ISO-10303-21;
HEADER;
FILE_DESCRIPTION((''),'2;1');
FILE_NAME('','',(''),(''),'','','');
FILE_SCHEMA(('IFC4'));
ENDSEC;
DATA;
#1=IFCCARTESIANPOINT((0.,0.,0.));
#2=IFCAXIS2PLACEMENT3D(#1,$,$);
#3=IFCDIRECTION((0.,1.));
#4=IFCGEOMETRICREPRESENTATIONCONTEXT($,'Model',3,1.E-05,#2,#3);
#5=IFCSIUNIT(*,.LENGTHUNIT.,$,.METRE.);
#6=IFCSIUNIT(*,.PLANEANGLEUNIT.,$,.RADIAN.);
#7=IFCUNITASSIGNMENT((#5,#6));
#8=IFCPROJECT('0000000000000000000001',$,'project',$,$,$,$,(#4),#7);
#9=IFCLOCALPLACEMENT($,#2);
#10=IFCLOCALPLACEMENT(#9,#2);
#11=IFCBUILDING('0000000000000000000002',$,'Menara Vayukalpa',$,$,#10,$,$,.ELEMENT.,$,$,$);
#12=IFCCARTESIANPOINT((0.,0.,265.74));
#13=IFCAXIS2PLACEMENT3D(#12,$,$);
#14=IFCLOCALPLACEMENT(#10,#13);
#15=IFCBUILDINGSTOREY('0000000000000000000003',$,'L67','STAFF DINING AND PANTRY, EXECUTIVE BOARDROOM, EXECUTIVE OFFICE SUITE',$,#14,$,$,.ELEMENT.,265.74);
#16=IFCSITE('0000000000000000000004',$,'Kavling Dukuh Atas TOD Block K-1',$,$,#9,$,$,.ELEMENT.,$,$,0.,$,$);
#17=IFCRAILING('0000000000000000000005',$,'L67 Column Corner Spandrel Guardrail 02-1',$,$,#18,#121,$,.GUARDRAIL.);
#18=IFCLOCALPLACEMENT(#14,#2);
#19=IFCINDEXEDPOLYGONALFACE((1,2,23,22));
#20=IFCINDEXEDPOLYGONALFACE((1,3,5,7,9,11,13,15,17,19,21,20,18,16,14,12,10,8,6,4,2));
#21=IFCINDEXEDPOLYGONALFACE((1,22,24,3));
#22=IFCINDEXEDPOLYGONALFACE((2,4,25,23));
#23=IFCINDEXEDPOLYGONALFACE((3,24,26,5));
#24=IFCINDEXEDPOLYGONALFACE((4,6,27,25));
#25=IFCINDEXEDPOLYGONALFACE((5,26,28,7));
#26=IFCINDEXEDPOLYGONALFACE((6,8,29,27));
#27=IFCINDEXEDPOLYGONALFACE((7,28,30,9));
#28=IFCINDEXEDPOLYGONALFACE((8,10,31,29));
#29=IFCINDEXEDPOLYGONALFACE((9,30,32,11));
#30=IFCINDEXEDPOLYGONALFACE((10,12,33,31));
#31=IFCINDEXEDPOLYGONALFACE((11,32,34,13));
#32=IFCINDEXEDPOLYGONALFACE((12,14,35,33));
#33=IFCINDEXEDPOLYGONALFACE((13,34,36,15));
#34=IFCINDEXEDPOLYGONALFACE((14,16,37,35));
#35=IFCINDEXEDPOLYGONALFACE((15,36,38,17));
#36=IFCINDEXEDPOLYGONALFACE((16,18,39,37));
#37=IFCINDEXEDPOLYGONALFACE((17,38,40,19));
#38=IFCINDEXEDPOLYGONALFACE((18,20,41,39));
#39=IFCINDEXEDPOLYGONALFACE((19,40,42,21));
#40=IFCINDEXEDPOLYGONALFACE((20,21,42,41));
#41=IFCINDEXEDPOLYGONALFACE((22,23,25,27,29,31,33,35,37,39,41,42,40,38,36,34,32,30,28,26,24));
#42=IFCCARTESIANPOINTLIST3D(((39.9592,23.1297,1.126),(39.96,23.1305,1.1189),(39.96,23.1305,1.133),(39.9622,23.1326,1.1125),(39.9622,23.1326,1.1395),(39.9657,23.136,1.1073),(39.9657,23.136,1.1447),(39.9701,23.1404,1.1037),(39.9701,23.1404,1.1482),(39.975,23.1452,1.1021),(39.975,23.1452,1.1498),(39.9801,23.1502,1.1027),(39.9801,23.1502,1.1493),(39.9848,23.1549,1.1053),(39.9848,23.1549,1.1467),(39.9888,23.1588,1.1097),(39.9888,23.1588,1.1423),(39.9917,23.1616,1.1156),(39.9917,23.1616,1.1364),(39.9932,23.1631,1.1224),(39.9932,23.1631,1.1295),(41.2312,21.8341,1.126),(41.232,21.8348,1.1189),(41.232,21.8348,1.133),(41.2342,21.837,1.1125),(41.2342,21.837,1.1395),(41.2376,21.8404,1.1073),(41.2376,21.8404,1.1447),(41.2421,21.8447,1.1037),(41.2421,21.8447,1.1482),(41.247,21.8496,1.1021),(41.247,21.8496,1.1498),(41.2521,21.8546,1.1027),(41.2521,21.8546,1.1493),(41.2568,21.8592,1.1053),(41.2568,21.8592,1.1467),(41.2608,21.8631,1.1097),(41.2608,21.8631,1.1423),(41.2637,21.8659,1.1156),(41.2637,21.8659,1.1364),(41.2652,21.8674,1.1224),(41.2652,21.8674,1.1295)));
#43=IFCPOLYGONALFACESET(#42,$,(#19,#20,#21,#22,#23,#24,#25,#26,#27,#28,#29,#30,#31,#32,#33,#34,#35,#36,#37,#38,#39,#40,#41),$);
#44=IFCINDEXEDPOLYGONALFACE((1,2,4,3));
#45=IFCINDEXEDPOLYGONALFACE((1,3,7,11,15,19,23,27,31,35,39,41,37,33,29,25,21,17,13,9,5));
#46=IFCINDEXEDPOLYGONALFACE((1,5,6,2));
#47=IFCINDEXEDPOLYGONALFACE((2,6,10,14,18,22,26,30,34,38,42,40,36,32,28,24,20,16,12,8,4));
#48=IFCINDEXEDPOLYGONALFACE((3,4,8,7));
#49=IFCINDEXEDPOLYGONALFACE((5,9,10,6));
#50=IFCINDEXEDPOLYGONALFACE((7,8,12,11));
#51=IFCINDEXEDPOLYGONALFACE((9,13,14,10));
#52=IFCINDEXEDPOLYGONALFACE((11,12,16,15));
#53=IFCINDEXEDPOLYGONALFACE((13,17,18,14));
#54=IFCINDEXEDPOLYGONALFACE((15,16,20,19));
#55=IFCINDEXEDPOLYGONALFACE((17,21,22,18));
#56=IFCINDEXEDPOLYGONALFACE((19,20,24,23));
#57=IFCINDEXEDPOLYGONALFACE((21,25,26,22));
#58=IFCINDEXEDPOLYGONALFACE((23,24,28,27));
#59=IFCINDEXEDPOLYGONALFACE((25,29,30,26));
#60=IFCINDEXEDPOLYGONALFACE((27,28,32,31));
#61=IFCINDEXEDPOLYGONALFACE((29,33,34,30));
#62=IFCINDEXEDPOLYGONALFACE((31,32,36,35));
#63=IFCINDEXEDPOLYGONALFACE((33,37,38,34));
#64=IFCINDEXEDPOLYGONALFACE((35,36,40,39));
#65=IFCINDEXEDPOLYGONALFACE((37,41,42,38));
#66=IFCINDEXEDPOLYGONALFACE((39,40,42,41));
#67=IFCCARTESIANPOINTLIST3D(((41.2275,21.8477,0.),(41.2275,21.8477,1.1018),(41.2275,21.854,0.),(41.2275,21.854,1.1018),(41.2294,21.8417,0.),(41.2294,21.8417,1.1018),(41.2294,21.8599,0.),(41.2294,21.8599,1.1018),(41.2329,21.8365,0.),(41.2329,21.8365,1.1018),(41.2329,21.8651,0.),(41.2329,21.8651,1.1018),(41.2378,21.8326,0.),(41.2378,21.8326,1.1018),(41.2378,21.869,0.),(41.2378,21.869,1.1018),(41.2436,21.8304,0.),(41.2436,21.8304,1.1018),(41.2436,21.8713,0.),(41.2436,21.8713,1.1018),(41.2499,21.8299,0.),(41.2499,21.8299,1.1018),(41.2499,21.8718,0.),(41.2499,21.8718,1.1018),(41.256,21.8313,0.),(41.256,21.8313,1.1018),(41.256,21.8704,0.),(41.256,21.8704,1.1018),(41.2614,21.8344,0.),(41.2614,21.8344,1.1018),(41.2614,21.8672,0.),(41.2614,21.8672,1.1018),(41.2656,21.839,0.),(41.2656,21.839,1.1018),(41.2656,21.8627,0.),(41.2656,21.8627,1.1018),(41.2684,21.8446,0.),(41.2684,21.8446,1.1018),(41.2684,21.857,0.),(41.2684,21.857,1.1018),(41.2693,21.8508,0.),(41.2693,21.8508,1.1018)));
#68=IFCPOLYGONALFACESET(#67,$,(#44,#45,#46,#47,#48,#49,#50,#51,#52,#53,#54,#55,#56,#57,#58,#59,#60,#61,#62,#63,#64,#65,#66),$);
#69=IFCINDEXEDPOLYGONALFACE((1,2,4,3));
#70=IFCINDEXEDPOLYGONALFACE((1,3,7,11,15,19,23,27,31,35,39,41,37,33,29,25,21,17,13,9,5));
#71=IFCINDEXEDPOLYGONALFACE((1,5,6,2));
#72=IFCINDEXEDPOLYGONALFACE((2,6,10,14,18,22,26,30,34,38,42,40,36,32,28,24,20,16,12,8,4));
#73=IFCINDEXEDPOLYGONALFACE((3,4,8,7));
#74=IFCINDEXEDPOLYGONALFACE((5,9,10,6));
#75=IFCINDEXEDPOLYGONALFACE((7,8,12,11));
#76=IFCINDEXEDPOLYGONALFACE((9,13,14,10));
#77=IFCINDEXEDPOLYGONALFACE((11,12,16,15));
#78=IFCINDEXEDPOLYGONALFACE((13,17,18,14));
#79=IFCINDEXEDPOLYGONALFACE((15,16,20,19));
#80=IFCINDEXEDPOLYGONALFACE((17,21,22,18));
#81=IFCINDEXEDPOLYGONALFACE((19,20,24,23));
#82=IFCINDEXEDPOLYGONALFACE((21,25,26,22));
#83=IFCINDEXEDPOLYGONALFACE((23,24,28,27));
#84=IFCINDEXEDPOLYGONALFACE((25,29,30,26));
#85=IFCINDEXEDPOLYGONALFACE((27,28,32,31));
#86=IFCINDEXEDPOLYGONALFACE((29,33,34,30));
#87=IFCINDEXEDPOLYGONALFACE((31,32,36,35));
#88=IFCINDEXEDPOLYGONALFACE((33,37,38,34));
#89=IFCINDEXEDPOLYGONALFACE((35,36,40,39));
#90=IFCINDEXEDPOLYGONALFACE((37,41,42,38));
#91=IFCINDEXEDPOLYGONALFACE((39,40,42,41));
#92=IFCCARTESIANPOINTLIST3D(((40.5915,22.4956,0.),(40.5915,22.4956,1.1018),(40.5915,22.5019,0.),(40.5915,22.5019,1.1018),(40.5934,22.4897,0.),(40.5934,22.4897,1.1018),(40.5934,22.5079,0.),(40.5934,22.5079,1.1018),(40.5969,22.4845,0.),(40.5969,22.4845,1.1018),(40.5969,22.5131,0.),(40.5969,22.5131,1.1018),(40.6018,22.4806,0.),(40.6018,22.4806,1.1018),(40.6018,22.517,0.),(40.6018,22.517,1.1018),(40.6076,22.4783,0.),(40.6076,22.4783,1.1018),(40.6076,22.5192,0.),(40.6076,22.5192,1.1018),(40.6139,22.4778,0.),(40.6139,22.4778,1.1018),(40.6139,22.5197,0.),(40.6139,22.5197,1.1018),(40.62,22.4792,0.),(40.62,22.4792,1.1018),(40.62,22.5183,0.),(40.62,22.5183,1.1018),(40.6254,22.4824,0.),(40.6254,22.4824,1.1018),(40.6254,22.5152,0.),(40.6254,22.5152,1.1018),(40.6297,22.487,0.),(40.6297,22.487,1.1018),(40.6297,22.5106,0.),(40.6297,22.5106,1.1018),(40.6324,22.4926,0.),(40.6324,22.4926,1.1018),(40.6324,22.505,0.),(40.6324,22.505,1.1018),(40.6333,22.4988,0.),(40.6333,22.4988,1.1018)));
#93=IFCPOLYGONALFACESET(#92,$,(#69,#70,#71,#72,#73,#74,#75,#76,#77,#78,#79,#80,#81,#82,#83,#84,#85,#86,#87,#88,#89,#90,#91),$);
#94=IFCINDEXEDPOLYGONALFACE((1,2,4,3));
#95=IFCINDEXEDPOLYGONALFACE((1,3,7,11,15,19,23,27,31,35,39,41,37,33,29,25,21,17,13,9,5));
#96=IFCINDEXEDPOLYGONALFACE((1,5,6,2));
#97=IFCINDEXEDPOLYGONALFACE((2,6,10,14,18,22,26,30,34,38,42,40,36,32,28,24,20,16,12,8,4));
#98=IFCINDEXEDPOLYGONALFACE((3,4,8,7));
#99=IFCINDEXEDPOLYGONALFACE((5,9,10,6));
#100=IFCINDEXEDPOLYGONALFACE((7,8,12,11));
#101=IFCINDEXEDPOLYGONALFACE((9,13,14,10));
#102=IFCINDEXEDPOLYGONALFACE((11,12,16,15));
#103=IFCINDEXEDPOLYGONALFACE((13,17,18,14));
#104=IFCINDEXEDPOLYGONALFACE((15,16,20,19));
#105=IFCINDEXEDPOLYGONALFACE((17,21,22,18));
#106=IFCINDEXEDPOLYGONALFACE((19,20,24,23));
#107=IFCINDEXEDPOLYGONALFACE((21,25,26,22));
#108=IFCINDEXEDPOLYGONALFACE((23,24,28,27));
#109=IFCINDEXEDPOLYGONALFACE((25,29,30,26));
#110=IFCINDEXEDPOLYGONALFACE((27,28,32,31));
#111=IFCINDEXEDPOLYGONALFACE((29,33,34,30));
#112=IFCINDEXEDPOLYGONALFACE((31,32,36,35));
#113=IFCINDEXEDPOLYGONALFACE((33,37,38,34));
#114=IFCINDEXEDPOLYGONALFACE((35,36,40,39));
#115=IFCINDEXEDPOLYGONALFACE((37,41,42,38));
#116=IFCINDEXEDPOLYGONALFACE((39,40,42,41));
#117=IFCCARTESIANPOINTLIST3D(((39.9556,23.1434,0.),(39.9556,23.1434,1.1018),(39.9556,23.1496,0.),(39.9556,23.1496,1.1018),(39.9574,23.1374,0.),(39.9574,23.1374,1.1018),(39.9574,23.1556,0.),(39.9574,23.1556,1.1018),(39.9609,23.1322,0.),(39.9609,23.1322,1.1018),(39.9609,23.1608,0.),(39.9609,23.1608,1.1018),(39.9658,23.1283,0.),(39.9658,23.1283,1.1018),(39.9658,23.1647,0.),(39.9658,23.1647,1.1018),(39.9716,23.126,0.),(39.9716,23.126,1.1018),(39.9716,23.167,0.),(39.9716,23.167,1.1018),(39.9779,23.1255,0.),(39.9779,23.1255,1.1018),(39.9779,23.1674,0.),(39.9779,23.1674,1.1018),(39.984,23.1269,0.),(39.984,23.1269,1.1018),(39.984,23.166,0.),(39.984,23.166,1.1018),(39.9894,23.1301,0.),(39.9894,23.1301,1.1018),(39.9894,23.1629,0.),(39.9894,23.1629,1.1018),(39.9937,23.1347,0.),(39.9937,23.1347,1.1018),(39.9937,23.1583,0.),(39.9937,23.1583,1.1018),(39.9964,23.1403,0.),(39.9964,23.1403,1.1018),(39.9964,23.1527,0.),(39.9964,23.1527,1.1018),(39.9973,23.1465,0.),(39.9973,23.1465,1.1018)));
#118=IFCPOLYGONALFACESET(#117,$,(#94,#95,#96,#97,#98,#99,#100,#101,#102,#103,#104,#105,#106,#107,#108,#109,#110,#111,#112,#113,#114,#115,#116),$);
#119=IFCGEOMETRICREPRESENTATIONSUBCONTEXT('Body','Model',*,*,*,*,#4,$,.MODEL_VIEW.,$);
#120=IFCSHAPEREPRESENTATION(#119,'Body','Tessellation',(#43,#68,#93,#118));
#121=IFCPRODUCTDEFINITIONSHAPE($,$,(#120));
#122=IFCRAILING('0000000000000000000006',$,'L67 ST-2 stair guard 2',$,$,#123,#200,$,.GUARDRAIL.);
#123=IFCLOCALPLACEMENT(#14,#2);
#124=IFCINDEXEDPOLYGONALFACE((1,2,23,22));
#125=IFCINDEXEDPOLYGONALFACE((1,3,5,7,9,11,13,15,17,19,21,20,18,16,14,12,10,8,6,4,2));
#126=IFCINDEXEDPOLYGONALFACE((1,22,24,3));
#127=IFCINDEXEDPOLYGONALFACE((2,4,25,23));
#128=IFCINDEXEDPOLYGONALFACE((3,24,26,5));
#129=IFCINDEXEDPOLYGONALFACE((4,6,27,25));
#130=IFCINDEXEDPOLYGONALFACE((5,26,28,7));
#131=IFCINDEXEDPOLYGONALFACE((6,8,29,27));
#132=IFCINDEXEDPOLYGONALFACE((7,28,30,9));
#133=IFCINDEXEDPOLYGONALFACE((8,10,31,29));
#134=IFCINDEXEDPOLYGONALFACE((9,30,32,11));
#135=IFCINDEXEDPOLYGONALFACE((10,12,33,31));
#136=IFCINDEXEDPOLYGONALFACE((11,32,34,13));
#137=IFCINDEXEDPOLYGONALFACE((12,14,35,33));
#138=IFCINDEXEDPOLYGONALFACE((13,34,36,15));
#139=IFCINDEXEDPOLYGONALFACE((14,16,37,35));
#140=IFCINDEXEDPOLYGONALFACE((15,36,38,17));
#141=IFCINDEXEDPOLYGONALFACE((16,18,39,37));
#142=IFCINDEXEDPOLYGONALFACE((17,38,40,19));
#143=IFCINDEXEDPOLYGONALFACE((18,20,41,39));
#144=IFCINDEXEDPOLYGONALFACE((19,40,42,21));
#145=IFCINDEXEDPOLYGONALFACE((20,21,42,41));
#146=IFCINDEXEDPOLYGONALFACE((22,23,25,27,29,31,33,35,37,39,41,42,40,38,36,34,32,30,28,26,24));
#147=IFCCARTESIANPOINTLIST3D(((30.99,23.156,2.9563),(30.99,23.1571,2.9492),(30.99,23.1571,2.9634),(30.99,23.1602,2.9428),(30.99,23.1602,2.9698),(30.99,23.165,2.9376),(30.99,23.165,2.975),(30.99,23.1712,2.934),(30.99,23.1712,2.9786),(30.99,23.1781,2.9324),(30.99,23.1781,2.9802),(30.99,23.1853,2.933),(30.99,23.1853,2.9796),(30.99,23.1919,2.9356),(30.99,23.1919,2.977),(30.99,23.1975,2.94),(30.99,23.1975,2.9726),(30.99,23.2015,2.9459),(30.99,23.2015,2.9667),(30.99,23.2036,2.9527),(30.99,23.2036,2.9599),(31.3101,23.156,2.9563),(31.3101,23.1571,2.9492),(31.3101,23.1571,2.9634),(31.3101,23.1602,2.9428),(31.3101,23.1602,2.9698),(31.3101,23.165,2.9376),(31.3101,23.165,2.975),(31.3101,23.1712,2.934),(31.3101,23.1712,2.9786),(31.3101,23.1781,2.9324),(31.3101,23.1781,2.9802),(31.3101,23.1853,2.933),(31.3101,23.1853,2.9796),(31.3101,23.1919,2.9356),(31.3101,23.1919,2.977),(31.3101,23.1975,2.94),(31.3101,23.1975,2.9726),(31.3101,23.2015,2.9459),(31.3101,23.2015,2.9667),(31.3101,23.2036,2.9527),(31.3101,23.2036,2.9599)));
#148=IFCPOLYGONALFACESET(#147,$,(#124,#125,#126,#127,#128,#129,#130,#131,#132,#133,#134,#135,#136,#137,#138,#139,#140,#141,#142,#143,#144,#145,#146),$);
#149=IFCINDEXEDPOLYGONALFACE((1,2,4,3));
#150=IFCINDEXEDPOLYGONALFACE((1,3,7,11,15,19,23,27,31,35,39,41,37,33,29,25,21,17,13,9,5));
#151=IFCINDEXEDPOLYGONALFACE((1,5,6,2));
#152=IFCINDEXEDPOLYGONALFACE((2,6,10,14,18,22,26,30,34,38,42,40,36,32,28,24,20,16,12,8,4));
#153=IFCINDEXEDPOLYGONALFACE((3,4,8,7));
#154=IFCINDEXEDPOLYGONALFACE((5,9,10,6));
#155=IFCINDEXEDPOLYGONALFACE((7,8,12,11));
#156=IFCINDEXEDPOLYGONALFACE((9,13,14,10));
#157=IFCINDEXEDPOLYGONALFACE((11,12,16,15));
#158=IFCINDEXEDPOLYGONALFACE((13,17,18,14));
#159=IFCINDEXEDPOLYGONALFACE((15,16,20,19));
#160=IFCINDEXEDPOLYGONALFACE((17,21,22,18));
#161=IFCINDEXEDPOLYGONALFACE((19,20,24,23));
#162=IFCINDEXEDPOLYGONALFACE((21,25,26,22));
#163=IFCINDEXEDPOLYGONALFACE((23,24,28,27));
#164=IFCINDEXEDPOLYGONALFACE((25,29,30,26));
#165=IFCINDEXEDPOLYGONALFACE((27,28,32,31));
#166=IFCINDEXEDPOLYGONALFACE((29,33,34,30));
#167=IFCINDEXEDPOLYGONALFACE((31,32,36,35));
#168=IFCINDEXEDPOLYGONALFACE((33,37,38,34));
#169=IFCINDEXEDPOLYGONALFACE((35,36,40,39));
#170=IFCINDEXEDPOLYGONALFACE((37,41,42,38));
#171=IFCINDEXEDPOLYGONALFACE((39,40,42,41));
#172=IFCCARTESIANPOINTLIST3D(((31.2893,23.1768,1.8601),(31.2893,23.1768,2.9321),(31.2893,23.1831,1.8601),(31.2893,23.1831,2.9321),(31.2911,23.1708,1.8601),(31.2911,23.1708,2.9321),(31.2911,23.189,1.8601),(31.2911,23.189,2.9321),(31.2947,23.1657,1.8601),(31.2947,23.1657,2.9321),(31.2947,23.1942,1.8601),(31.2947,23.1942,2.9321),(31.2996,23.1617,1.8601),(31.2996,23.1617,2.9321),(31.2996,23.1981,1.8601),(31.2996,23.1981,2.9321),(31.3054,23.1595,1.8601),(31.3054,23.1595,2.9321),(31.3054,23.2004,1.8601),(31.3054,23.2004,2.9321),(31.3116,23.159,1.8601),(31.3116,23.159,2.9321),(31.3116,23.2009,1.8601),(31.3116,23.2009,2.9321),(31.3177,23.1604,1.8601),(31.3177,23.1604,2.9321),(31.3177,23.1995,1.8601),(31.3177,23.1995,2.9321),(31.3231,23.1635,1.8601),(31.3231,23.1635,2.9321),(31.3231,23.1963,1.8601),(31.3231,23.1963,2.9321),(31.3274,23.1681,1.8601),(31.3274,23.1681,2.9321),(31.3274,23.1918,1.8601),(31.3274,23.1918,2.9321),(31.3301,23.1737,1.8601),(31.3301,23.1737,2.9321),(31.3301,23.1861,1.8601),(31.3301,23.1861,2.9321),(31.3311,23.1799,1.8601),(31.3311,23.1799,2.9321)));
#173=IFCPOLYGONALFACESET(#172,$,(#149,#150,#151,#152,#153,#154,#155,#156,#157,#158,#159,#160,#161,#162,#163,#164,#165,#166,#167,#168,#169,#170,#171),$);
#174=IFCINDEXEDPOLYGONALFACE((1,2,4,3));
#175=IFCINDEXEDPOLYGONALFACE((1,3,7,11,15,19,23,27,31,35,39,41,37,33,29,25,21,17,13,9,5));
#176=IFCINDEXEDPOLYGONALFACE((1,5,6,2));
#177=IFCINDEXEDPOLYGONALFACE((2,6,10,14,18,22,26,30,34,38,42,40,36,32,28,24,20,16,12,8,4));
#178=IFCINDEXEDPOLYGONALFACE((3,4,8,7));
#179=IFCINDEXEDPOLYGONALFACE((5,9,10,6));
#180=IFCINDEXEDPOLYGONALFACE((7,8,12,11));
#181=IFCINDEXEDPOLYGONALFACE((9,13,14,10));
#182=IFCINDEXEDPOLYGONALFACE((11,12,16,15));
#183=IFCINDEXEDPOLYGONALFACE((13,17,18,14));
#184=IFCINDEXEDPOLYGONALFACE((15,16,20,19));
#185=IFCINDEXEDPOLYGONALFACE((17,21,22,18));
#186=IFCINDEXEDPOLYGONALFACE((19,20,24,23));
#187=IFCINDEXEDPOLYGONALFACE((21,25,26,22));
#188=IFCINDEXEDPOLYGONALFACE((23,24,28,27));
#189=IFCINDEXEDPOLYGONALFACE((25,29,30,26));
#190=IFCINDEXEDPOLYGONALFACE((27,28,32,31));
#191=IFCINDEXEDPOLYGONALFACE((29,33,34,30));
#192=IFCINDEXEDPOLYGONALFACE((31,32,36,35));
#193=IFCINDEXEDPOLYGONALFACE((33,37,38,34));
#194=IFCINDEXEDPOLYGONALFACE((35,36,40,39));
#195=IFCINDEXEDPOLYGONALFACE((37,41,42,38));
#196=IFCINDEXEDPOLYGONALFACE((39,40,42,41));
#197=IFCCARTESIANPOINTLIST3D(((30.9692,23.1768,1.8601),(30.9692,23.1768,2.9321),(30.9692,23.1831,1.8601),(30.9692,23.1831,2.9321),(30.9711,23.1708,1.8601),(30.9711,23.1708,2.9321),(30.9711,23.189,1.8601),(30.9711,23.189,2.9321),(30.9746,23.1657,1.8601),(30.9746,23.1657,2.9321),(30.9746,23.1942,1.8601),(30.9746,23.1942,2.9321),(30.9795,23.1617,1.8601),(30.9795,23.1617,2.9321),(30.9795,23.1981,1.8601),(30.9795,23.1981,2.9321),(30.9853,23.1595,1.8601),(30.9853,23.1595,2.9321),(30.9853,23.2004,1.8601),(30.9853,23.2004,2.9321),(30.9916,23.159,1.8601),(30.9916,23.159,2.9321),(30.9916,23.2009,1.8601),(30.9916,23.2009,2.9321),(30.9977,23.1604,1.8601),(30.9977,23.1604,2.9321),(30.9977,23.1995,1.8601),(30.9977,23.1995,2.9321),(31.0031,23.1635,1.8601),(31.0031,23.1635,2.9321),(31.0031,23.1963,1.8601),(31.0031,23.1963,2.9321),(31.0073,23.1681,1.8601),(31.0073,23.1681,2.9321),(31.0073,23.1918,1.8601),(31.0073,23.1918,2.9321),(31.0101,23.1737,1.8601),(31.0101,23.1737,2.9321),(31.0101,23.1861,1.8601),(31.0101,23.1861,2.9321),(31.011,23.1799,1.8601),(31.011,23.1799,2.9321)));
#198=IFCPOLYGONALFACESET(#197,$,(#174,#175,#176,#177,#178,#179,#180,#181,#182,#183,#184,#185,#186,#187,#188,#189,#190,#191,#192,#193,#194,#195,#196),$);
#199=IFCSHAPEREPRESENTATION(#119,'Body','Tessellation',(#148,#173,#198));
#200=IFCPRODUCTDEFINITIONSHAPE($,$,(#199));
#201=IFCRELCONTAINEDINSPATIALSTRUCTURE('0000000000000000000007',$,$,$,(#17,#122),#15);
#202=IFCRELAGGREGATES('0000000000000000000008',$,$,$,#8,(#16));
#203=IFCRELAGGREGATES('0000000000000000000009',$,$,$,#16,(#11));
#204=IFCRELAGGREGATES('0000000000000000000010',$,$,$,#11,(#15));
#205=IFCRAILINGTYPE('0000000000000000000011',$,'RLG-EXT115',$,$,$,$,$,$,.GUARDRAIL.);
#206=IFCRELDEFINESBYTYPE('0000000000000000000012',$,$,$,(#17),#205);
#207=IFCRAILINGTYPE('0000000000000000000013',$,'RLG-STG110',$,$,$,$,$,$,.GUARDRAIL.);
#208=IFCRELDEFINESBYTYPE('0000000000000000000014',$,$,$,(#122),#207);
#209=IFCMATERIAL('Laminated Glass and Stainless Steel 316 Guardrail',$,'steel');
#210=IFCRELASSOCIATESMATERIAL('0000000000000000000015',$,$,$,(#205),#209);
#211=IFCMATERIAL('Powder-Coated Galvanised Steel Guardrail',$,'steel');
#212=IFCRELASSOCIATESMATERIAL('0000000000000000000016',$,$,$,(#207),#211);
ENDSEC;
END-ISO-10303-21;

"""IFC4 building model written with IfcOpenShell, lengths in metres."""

from ifc_helpers import new_model, si_unit, direction, frame, origin, origin_2d, place, context, subcontext, project, spatial, circle, extrude, material, type_object, element, save


model = new_model("IFC4")

# Units and contexts
model_context = context("Model", 3, precision=1e-05, world=origin(), true_north=direction((0.0, 1.0)))
body_context = subcontext(model_context, "Body", "Model", "MODEL_VIEW")
ifc_project = project(units=[si_unit("LENGTHUNIT", "METRE"), si_unit("PLANEANGLEUNIT", "RADIAN")], contexts=[model_context])

# Site, building, storey
site_placement = place(None, origin())
site = spatial("IfcSite", under=ifc_project, at=site_placement, Name="Kavling Dukuh Atas TOD Block K-1", CompositionType="ELEMENT", RefElevation=0.0)
building_placement = place(site_placement, origin())
building = spatial("IfcBuilding", under=site, at=building_placement, Name="Menara Vayukalpa", CompositionType="ELEMENT")
storey_placement = place(building_placement, frame((0.0, 0.0, 265.74)))
storey = spatial("IfcBuildingStorey", under=building, at=storey_placement, Name="L67", Description="STAFF DINING AND PANTRY, EXECUTIVE BOARDROOM, EXECUTIVE OFFICE SUITE", CompositionType="ELEMENT", Elevation=265.74)

# Railings
ifc_material_1 = material(Name="Laminated Glass and Stainless Steel 316 Guardrail", Category="steel")
railing_type_1 = type_object("IfcRailingType", Name="RLG-EXT115", PredefinedType="GUARDRAIL", material=ifc_material_1)
railing_1_placement = place(storey_placement, frame((41.2483, 21.8508, 0.0)))
element("IfcRailing", 1, at=railing_1_placement, inside=storey, type_object=railing_type_1, Name="L67 Column Corner Spandrel Guardrail 02-1", PredefinedType="GUARDRAIL", context=body_context, shape_type="SweptSolid", body=[
    extrude(circle(Radius=0.0239, at=origin_2d()), frame((0.0, 0.0, 1.126), z_axis=(-0.700555, 0.713598, 0.0), x_axis=(-0.713598, -0.700555, 0.0)), (0.0, 0.0, 1.0), 1.8157),
    extrude(circle(Radius=0.021, at=origin_2d()), origin(), (0.0, 0.0, 1.0), 1.1018),
    extrude(circle(Radius=0.021, at=origin_2d()), frame((-0.636, 0.6479, 0.0)), (0.0, 0.0, 1.0), 1.1018),
    extrude(circle(Radius=0.021, at=origin_2d()), frame((-1.272, 1.2957, 0.0)), (0.0, 0.0, 1.0), 1.1018),
])
ifc_material_2 = material(Name="Powder-Coated Galvanised Steel Guardrail", Category="steel")
railing_type_2 = type_object("IfcRailingType", Name="RLG-STG110", PredefinedType="GUARDRAIL", material=ifc_material_2)
railing_2_placement = place(storey_placement, frame((31.3101, 23.1799, 1.8601)))
element("IfcRailing", 2, at=railing_2_placement, inside=storey, type_object=railing_type_2, Name="L67 ST-2 stair guard 2", PredefinedType="GUARDRAIL", context=body_context, shape_type="SweptSolid", body=[
    extrude(circle(Radius=0.0239, at=origin_2d()), frame((0.0, 0.0, 1.0962), z_axis=(-1.0, 0.0, 0.0), x_axis=(0.0, -1.0, 0.0)), (0.0, 0.0, 1.0), 0.3201),
    extrude(circle(Radius=0.021, at=origin_2d()), origin(), (0.0, 0.0, 1.0), 1.072),
    extrude(circle(Radius=0.021, at=origin_2d()), frame((-0.3201, 0.0, 0.0)), (0.0, 0.0, 1.0), 1.072),
])

save(model, "model.ifc")
